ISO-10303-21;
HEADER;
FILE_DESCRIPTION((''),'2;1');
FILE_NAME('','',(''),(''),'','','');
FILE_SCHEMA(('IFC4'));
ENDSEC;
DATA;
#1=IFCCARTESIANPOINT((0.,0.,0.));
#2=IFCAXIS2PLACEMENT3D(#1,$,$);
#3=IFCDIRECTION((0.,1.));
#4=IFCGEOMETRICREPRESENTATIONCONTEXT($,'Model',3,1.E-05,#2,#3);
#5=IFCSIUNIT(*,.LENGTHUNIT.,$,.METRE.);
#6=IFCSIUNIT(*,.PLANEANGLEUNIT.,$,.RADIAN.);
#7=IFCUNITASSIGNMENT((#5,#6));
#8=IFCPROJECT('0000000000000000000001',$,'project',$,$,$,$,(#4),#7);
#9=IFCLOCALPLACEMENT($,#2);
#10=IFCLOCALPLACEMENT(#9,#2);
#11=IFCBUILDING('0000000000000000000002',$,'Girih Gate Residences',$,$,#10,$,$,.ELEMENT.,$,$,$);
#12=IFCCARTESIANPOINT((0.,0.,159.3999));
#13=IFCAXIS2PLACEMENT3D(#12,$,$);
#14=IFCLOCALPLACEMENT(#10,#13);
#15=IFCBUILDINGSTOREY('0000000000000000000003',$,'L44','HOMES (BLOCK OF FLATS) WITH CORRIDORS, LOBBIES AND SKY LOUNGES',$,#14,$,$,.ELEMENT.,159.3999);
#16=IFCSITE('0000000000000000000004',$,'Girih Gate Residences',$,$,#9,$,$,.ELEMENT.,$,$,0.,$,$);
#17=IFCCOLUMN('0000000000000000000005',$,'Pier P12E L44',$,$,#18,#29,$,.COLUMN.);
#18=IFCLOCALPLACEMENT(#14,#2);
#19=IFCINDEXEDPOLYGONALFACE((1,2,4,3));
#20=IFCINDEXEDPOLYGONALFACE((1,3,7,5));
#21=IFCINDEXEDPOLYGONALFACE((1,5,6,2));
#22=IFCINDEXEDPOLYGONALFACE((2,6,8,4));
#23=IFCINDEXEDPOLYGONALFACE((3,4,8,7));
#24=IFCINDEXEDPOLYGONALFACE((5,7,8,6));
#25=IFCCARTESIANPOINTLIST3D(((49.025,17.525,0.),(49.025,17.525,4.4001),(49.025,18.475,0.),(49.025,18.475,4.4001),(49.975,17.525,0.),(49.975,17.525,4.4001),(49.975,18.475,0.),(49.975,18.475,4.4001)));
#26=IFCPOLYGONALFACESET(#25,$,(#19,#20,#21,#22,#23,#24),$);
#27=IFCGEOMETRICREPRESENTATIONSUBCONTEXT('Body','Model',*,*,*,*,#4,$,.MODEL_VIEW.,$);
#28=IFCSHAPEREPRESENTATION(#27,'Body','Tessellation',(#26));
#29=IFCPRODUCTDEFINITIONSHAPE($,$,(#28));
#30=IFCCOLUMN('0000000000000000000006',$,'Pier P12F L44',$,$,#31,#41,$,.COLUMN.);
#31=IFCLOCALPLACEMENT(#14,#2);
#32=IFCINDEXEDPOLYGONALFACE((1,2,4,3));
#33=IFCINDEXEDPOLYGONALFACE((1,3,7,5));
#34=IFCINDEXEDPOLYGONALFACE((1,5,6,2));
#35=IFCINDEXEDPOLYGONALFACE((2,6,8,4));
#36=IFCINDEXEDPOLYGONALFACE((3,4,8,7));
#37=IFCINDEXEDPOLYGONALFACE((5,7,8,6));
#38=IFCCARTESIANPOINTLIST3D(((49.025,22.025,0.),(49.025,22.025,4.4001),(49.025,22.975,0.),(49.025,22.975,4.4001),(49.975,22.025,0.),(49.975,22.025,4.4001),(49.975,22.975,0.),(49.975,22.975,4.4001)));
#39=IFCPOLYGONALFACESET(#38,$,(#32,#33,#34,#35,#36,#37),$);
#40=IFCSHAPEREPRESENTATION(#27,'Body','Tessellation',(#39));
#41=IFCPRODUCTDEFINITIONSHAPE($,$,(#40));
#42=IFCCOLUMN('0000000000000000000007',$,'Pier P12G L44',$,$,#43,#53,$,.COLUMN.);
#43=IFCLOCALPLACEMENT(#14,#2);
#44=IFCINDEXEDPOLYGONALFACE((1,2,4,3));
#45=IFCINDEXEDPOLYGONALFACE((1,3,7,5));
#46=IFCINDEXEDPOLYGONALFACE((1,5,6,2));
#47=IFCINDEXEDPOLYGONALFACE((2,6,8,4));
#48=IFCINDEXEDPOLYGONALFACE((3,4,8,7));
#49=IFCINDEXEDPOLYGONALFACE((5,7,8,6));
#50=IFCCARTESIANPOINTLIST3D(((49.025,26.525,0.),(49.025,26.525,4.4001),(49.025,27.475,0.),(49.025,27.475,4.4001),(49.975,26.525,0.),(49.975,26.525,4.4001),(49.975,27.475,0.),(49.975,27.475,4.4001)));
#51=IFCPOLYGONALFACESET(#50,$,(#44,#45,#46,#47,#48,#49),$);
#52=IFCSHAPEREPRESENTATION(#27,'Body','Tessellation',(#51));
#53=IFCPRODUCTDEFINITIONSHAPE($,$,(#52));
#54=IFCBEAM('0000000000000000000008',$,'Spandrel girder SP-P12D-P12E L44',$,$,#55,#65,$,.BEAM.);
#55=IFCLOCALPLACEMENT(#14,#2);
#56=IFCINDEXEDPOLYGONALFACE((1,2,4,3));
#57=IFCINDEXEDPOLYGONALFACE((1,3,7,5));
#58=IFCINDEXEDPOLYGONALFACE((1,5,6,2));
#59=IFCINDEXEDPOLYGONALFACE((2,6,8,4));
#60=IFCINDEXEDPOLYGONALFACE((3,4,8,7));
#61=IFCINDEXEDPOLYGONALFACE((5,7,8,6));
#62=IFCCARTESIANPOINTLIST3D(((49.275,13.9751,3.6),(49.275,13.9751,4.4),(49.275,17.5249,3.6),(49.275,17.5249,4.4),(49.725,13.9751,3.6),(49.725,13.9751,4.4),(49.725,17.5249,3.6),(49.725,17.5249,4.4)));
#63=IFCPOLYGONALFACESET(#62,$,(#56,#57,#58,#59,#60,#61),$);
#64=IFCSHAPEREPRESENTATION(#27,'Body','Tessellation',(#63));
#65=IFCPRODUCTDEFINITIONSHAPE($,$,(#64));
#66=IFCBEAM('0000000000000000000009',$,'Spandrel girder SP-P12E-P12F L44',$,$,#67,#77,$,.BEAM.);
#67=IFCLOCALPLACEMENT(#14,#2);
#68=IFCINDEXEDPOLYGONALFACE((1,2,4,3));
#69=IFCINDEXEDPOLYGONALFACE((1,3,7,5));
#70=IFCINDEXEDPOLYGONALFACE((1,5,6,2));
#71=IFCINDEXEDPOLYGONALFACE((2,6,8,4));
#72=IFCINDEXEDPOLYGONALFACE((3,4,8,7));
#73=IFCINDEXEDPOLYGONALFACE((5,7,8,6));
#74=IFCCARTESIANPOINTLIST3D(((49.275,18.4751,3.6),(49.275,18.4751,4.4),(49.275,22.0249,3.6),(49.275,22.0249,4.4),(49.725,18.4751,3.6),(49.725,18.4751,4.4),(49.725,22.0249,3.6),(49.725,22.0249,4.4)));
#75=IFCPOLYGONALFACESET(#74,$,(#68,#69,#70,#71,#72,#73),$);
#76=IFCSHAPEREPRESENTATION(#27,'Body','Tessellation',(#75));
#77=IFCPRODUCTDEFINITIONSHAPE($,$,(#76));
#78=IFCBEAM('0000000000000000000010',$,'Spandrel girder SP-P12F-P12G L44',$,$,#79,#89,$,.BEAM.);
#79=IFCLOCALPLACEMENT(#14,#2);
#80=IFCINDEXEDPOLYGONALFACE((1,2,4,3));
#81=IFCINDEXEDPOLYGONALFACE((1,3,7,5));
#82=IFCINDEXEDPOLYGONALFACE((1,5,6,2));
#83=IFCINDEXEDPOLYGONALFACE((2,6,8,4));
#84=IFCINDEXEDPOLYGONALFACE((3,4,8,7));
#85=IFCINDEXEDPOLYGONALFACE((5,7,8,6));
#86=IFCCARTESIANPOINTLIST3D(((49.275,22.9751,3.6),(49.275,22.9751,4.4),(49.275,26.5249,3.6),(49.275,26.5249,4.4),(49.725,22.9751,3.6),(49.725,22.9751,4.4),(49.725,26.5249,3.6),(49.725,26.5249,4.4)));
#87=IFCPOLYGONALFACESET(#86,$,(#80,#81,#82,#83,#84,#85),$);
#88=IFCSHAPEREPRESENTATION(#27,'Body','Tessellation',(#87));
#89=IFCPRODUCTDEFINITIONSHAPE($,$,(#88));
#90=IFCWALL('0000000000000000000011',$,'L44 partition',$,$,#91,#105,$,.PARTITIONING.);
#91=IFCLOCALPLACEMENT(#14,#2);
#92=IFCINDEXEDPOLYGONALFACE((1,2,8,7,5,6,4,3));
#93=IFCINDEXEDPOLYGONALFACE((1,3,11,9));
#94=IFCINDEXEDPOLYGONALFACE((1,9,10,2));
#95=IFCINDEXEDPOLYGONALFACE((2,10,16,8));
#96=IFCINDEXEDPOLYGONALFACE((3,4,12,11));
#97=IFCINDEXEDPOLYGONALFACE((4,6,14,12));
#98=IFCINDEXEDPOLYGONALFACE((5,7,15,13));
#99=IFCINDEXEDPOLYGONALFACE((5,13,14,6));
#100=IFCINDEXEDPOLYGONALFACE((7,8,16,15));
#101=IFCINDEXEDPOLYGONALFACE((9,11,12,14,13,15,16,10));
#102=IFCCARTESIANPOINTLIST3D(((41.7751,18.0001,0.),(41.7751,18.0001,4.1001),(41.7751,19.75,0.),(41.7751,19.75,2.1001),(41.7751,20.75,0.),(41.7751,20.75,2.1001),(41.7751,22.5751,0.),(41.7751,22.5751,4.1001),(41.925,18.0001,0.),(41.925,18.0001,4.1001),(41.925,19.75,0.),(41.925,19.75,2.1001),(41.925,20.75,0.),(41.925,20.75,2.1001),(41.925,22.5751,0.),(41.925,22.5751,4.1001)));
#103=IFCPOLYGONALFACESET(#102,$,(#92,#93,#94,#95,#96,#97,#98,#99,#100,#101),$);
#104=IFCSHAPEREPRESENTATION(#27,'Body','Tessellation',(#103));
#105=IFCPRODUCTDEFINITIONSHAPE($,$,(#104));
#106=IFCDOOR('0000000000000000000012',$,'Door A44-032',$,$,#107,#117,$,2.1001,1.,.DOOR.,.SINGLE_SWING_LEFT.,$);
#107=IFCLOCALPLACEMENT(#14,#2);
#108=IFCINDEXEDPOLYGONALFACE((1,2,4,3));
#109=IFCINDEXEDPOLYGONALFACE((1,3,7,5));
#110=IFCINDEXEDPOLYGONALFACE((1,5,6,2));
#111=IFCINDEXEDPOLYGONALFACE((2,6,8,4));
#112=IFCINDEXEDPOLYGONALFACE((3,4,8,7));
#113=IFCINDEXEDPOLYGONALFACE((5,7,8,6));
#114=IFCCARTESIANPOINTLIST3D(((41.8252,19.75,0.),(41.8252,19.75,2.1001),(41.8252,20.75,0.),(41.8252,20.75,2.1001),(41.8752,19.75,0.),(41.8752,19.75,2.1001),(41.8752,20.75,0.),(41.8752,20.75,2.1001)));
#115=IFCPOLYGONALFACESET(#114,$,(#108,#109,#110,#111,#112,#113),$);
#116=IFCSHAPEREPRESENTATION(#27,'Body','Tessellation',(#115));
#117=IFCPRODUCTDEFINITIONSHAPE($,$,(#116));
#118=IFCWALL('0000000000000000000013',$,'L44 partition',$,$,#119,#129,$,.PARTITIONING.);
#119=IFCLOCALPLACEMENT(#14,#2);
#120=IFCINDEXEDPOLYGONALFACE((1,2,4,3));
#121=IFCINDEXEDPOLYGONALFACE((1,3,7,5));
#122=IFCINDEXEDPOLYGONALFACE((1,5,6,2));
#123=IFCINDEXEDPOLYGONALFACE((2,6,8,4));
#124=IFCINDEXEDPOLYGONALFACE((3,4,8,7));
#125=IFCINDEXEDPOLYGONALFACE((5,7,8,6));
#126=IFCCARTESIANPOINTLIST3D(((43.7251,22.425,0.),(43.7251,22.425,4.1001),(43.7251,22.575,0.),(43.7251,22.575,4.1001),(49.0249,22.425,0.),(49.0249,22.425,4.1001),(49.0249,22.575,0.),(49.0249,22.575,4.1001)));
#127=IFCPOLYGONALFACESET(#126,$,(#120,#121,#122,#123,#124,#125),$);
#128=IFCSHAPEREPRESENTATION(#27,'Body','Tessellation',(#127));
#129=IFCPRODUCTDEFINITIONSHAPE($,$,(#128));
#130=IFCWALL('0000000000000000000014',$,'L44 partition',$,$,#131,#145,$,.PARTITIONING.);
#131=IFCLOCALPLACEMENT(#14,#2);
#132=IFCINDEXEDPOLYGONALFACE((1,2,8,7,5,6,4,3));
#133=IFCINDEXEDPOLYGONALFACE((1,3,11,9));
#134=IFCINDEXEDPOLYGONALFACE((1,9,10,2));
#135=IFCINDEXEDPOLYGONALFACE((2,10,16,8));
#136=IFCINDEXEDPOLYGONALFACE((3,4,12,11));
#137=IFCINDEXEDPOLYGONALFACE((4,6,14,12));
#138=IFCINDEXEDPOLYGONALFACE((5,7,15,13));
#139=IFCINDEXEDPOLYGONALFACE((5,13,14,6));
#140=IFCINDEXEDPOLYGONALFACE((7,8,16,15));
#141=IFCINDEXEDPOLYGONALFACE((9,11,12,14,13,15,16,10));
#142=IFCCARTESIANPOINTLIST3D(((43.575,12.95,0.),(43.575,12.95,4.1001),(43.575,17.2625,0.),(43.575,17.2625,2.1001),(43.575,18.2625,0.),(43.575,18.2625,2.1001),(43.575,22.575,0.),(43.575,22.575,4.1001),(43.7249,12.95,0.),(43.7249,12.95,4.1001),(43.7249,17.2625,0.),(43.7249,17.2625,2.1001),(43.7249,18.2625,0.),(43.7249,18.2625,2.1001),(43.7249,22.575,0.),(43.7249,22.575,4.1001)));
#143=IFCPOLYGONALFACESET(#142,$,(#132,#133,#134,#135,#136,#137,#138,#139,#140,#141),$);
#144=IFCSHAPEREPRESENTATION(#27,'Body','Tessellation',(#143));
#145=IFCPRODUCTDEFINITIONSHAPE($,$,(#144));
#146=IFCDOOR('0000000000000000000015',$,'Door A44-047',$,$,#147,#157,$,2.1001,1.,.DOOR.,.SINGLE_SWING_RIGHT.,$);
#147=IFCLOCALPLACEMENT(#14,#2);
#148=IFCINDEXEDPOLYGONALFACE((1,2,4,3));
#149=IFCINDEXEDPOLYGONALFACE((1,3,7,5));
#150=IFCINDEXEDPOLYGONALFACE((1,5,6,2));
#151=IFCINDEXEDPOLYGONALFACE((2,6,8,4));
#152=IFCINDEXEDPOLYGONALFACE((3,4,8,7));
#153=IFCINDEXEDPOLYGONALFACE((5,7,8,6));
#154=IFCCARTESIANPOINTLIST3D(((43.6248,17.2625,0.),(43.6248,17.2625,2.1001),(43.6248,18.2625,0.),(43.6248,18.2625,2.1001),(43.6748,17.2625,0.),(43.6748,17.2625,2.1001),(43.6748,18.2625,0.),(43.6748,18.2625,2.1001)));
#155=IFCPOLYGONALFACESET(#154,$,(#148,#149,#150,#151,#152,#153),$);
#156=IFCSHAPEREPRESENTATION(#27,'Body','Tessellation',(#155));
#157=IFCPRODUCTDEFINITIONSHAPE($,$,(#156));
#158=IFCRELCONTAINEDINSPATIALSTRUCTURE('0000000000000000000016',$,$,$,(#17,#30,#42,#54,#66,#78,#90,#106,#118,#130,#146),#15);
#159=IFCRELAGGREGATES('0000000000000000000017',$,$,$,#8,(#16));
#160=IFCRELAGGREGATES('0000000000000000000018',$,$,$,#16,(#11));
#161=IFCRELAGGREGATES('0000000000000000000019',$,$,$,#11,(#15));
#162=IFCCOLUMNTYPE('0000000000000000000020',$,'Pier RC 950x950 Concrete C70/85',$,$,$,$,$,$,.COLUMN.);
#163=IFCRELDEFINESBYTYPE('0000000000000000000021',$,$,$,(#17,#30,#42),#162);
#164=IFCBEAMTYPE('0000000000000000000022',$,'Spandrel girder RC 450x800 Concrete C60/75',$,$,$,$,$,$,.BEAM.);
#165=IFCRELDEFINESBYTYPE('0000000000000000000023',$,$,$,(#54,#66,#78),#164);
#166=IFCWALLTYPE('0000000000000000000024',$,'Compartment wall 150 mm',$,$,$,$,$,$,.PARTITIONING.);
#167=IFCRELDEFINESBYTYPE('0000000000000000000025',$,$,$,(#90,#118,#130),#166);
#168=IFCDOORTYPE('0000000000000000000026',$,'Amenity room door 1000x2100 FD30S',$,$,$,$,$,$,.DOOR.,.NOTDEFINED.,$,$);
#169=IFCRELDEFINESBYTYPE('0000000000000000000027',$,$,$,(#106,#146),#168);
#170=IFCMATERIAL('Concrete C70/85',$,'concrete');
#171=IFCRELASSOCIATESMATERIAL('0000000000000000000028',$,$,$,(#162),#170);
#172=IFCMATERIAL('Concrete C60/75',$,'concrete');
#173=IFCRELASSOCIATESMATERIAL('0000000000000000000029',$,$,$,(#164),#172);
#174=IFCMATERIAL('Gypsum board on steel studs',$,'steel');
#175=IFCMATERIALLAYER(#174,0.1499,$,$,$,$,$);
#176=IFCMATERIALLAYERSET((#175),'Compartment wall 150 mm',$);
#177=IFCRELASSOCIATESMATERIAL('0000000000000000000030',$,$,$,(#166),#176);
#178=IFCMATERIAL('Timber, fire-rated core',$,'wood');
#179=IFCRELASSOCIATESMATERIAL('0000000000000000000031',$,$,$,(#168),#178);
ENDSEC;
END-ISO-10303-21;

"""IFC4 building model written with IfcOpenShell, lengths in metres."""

from ifc_helpers import new_model, si_unit, direction, frame, frame_2d, origin, origin_2d, place, context, subcontext, project, spatial, rectangle, extrude, material, layer, layer_set, material_profile, profile_set, type_object, element, fill, save


model = new_model("IFC4")

# Units and contexts
model_context = context("Model", 3, precision=1e-05, world=origin(), true_north=direction((0.0, 1.0)))
body_context = subcontext(model_context, "Body", "Model", "MODEL_VIEW")
ifc_project = project(units=[si_unit("LENGTHUNIT", "METRE"), si_unit("PLANEANGLEUNIT", "RADIAN")], contexts=[model_context])

# Site, building, storey
site_placement = place(None, origin())
site = spatial("IfcSite", under=ifc_project, at=site_placement, Name="Girih Gate Residences", CompositionType="ELEMENT", RefElevation=0.0)
building_placement = place(site_placement, origin())
building = spatial("IfcBuilding", under=site, at=building_placement, Name="Girih Gate Residences", CompositionType="ELEMENT")
storey_placement = place(building_placement, frame((0.0, 0.0, 159.3999)))
storey = spatial("IfcBuildingStorey", under=building, at=storey_placement, Name="L44", Description="HOMES (BLOCK OF FLATS) WITH CORRIDORS, LOBBIES AND SKY LOUNGES", CompositionType="ELEMENT", Elevation=159.3999)

# Columns
ifc_material_1 = material(Name="Concrete C70/85", Category="concrete")
ifc_material_profile_1 = material_profile(ifc_material_1, rectangle(XDim=0.95, YDim=0.95, at=origin_2d()))
ifc_profile_set_1 = profile_set([ifc_material_profile_1], Name="Concrete C70/85")
column_type = type_object("IfcColumnType", Name="Pier RC 950x950 Concrete C70/85", PredefinedType="COLUMN", material=ifc_profile_set_1)
for number, where, z_axis, x_axis, name in (
    (1, (49.5, 18.0, 0.0), (0.0, 0.0, 1.0), (1.0, 0.0, 0.0), "Pier P12E L44"),
    (2, (49.5, 22.5, 0.0), (0.0, 0.0, 1.0), (1.0, 0.0, 0.0), "Pier P12F L44"),
    (3, (49.5, 27.0, 0.0), (0.0, 0.0, 1.0), (1.0, 0.0, 0.0), "Pier P12G L44"),
):
    element("IfcColumn", number, at=place(storey_placement, frame(where, z_axis=z_axis, x_axis=x_axis)), inside=storey, type_object=column_type, Name=name, PredefinedType="COLUMN", context=body_context, shape_type="SweptSolid", body=[
        extrude(rectangle(XDim=0.95, YDim=0.95, at=origin_2d()), origin(), (0.0, 0.0, 1.0), 4.4001),
    ])

# Beams
ifc_material_2 = material(Name="Concrete C60/75", Category="concrete")
ifc_material_profile_2 = material_profile(ifc_material_2, rectangle(XDim=0.45, YDim=0.8, at=origin_2d()))
ifc_profile_set_2 = profile_set([ifc_material_profile_2], Name="Concrete C60/75")
beam_type = type_object("IfcBeamType", Name="Spandrel girder RC 450x800 Concrete C60/75", PredefinedType="BEAM", material=ifc_profile_set_2)
for number, where, z_axis, x_axis, name in (
    (4, (49.5, 13.9751, 4.0), (0.0, 1.0, 0.0), (-1.0, 0.0, 0.0), "Spandrel girder SP-P12D-P12E L44"),
    (5, (49.5, 18.4751, 4.0), (0.0, 1.0, 0.0), (-1.0, 0.0, 0.0), "Spandrel girder SP-P12E-P12F L44"),
    (6, (49.5, 22.9751, 4.0), (0.0, 1.0, 0.0), (-1.0, 0.0, 0.0), "Spandrel girder SP-P12F-P12G L44"),
):
    element("IfcBeam", number, at=place(storey_placement, frame(where, z_axis=z_axis, x_axis=x_axis)), inside=storey, type_object=beam_type, Name=name, PredefinedType="BEAM", context=body_context, shape_type="SweptSolid", body=[
        extrude(rectangle(XDim=0.45, YDim=0.8, at=origin_2d()), origin(), (0.0, 0.0, 1.0), 3.5498),
    ])

# Wall, opening, door
ifc_material_3 = material(Name="Gypsum board on steel studs", Category="steel")
ifc_layer_1 = layer(ifc_material_3, 0.1499)
ifc_layer_set_1 = layer_set([ifc_layer_1], Name="Compartment wall 150 mm")
wall_type_1 = type_object("IfcWallType", Name="Compartment wall 150 mm", PredefinedType="PARTITIONING", material=ifc_layer_set_1)
wall_1_placement = place(storey_placement, frame((41.8501, 18.0, 0.0), z_axis=(0.0, 0.0, 1.0), x_axis=(0.0, 1.0, 0.0)))
wall_1 = element("IfcWall", 7, at=wall_1_placement, inside=storey, type_object=wall_type_1, Name="L44 partition", PredefinedType="PARTITIONING", context=body_context, shape_type="SweptSolid", body=[
    extrude(rectangle(XDim=4.575, YDim=0.1499, at=frame_2d((2.2876, 0.0))), origin(), (0.0, 0.0, 1.0), 4.1001),
])
opening_1_placement = place(wall_1_placement, frame((1.75, 0.0, 0.0)))
opening_1 = element("IfcOpeningElement", 8, at=opening_1_placement, cuts=wall_1, PredefinedType="OPENING", context=body_context, shape_type="SweptSolid", body=[
    extrude(rectangle(XDim=1.0, YDim=2.1001, at=frame_2d((0.5, 1.05))), frame((0.0, 0.085, 0.0), z_axis=(0.0, -1.0, 0.0), x_axis=(1.0, 0.0, 0.0)), (0.0, 0.0, 1.0), 0.1699),
])
ifc_material_4 = material(Name="Timber, fire-rated core", Category="wood")
door_type = type_object("IfcDoorType", Name="Amenity room door 1000x2100 FD30S", OperationType="NOTDEFINED", PredefinedType="DOOR", material=ifc_material_4)
door_1_placement = place(opening_1_placement, origin())
door_1 = element("IfcDoor", 9, at=door_1_placement, inside=storey, type_object=door_type, Name="Door A44-032", OperationType="SINGLE_SWING_LEFT", OverallHeight=2.1001, OverallWidth=1.0, PredefinedType="DOOR", context=body_context, shape_type="SweptSolid", body=[
    extrude(rectangle(XDim=1.0, YDim=2.1001, at=frame_2d((0.5, 1.05))), frame((0.0, 0.0249, 0.0), z_axis=(0.0, -1.0, 0.0), x_axis=(1.0, 0.0, 0.0)), (0.0, 0.0, 1.0), 0.05),
])
fill(opening_1, door_1)

# Wall
wall_2_placement = place(storey_placement, frame((43.7251, 22.5, 0.0), z_axis=(0.0, 0.0, 1.0), x_axis=(1.0, 0.0, 0.0)))
element("IfcWall", 10, at=wall_2_placement, inside=storey, type_object=wall_type_1, Name="L44 partition", PredefinedType="PARTITIONING", context=body_context, shape_type="SweptSolid", body=[
    extrude(rectangle(XDim=5.2998, YDim=0.1499, at=frame_2d((2.6499, 0.0))), origin(), (0.0, 0.0, 1.0), 4.1001),
])

# Wall, opening, door
wall_3_placement = place(storey_placement, frame((43.6499, 22.575, 0.0), z_axis=(0.0, 0.0, 1.0), x_axis=(0.0, -1.0, 0.0)))
wall_3 = element("IfcWall", 11, at=wall_3_placement, inside=storey, type_object=wall_type_1, Name="L44 partition", PredefinedType="PARTITIONING", context=body_context, shape_type="SweptSolid", body=[
    extrude(rectangle(XDim=9.625, YDim=0.1499, at=frame_2d((4.8125, 0.0))), origin(), (0.0, 0.0, 1.0), 4.1001),
])
opening_2_placement = place(wall_3_placement, frame((4.3125, 0.0, 0.0)))
opening_2 = element("IfcOpeningElement", 12, at=opening_2_placement, cuts=wall_3, PredefinedType="OPENING", context=body_context, shape_type="SweptSolid", body=[
    extrude(rectangle(XDim=1.0, YDim=2.1001, at=frame_2d((0.5, 1.05))), frame((0.0, 0.085, 0.0), z_axis=(0.0, -1.0, 0.0), x_axis=(1.0, 0.0, 0.0)), (0.0, 0.0, 1.0), 0.1699),
])
door_2_placement = place(opening_2_placement, origin())
door_2 = element("IfcDoor", 13, at=door_2_placement, inside=storey, type_object=door_type, Name="Door A44-047", OperationType="SINGLE_SWING_RIGHT", OverallHeight=2.1001, OverallWidth=1.0, PredefinedType="DOOR", context=body_context, shape_type="SweptSolid", body=[
    extrude(rectangle(XDim=1.0, YDim=2.1001, at=frame_2d((0.5, 1.05))), frame((0.0, 0.0249, 0.0), z_axis=(0.0, -1.0, 0.0), x_axis=(1.0, 0.0, 0.0)), (0.0, 0.0, 1.0), 0.05),
])
fill(opening_2, door_2)

save(model, "model.ifc")
